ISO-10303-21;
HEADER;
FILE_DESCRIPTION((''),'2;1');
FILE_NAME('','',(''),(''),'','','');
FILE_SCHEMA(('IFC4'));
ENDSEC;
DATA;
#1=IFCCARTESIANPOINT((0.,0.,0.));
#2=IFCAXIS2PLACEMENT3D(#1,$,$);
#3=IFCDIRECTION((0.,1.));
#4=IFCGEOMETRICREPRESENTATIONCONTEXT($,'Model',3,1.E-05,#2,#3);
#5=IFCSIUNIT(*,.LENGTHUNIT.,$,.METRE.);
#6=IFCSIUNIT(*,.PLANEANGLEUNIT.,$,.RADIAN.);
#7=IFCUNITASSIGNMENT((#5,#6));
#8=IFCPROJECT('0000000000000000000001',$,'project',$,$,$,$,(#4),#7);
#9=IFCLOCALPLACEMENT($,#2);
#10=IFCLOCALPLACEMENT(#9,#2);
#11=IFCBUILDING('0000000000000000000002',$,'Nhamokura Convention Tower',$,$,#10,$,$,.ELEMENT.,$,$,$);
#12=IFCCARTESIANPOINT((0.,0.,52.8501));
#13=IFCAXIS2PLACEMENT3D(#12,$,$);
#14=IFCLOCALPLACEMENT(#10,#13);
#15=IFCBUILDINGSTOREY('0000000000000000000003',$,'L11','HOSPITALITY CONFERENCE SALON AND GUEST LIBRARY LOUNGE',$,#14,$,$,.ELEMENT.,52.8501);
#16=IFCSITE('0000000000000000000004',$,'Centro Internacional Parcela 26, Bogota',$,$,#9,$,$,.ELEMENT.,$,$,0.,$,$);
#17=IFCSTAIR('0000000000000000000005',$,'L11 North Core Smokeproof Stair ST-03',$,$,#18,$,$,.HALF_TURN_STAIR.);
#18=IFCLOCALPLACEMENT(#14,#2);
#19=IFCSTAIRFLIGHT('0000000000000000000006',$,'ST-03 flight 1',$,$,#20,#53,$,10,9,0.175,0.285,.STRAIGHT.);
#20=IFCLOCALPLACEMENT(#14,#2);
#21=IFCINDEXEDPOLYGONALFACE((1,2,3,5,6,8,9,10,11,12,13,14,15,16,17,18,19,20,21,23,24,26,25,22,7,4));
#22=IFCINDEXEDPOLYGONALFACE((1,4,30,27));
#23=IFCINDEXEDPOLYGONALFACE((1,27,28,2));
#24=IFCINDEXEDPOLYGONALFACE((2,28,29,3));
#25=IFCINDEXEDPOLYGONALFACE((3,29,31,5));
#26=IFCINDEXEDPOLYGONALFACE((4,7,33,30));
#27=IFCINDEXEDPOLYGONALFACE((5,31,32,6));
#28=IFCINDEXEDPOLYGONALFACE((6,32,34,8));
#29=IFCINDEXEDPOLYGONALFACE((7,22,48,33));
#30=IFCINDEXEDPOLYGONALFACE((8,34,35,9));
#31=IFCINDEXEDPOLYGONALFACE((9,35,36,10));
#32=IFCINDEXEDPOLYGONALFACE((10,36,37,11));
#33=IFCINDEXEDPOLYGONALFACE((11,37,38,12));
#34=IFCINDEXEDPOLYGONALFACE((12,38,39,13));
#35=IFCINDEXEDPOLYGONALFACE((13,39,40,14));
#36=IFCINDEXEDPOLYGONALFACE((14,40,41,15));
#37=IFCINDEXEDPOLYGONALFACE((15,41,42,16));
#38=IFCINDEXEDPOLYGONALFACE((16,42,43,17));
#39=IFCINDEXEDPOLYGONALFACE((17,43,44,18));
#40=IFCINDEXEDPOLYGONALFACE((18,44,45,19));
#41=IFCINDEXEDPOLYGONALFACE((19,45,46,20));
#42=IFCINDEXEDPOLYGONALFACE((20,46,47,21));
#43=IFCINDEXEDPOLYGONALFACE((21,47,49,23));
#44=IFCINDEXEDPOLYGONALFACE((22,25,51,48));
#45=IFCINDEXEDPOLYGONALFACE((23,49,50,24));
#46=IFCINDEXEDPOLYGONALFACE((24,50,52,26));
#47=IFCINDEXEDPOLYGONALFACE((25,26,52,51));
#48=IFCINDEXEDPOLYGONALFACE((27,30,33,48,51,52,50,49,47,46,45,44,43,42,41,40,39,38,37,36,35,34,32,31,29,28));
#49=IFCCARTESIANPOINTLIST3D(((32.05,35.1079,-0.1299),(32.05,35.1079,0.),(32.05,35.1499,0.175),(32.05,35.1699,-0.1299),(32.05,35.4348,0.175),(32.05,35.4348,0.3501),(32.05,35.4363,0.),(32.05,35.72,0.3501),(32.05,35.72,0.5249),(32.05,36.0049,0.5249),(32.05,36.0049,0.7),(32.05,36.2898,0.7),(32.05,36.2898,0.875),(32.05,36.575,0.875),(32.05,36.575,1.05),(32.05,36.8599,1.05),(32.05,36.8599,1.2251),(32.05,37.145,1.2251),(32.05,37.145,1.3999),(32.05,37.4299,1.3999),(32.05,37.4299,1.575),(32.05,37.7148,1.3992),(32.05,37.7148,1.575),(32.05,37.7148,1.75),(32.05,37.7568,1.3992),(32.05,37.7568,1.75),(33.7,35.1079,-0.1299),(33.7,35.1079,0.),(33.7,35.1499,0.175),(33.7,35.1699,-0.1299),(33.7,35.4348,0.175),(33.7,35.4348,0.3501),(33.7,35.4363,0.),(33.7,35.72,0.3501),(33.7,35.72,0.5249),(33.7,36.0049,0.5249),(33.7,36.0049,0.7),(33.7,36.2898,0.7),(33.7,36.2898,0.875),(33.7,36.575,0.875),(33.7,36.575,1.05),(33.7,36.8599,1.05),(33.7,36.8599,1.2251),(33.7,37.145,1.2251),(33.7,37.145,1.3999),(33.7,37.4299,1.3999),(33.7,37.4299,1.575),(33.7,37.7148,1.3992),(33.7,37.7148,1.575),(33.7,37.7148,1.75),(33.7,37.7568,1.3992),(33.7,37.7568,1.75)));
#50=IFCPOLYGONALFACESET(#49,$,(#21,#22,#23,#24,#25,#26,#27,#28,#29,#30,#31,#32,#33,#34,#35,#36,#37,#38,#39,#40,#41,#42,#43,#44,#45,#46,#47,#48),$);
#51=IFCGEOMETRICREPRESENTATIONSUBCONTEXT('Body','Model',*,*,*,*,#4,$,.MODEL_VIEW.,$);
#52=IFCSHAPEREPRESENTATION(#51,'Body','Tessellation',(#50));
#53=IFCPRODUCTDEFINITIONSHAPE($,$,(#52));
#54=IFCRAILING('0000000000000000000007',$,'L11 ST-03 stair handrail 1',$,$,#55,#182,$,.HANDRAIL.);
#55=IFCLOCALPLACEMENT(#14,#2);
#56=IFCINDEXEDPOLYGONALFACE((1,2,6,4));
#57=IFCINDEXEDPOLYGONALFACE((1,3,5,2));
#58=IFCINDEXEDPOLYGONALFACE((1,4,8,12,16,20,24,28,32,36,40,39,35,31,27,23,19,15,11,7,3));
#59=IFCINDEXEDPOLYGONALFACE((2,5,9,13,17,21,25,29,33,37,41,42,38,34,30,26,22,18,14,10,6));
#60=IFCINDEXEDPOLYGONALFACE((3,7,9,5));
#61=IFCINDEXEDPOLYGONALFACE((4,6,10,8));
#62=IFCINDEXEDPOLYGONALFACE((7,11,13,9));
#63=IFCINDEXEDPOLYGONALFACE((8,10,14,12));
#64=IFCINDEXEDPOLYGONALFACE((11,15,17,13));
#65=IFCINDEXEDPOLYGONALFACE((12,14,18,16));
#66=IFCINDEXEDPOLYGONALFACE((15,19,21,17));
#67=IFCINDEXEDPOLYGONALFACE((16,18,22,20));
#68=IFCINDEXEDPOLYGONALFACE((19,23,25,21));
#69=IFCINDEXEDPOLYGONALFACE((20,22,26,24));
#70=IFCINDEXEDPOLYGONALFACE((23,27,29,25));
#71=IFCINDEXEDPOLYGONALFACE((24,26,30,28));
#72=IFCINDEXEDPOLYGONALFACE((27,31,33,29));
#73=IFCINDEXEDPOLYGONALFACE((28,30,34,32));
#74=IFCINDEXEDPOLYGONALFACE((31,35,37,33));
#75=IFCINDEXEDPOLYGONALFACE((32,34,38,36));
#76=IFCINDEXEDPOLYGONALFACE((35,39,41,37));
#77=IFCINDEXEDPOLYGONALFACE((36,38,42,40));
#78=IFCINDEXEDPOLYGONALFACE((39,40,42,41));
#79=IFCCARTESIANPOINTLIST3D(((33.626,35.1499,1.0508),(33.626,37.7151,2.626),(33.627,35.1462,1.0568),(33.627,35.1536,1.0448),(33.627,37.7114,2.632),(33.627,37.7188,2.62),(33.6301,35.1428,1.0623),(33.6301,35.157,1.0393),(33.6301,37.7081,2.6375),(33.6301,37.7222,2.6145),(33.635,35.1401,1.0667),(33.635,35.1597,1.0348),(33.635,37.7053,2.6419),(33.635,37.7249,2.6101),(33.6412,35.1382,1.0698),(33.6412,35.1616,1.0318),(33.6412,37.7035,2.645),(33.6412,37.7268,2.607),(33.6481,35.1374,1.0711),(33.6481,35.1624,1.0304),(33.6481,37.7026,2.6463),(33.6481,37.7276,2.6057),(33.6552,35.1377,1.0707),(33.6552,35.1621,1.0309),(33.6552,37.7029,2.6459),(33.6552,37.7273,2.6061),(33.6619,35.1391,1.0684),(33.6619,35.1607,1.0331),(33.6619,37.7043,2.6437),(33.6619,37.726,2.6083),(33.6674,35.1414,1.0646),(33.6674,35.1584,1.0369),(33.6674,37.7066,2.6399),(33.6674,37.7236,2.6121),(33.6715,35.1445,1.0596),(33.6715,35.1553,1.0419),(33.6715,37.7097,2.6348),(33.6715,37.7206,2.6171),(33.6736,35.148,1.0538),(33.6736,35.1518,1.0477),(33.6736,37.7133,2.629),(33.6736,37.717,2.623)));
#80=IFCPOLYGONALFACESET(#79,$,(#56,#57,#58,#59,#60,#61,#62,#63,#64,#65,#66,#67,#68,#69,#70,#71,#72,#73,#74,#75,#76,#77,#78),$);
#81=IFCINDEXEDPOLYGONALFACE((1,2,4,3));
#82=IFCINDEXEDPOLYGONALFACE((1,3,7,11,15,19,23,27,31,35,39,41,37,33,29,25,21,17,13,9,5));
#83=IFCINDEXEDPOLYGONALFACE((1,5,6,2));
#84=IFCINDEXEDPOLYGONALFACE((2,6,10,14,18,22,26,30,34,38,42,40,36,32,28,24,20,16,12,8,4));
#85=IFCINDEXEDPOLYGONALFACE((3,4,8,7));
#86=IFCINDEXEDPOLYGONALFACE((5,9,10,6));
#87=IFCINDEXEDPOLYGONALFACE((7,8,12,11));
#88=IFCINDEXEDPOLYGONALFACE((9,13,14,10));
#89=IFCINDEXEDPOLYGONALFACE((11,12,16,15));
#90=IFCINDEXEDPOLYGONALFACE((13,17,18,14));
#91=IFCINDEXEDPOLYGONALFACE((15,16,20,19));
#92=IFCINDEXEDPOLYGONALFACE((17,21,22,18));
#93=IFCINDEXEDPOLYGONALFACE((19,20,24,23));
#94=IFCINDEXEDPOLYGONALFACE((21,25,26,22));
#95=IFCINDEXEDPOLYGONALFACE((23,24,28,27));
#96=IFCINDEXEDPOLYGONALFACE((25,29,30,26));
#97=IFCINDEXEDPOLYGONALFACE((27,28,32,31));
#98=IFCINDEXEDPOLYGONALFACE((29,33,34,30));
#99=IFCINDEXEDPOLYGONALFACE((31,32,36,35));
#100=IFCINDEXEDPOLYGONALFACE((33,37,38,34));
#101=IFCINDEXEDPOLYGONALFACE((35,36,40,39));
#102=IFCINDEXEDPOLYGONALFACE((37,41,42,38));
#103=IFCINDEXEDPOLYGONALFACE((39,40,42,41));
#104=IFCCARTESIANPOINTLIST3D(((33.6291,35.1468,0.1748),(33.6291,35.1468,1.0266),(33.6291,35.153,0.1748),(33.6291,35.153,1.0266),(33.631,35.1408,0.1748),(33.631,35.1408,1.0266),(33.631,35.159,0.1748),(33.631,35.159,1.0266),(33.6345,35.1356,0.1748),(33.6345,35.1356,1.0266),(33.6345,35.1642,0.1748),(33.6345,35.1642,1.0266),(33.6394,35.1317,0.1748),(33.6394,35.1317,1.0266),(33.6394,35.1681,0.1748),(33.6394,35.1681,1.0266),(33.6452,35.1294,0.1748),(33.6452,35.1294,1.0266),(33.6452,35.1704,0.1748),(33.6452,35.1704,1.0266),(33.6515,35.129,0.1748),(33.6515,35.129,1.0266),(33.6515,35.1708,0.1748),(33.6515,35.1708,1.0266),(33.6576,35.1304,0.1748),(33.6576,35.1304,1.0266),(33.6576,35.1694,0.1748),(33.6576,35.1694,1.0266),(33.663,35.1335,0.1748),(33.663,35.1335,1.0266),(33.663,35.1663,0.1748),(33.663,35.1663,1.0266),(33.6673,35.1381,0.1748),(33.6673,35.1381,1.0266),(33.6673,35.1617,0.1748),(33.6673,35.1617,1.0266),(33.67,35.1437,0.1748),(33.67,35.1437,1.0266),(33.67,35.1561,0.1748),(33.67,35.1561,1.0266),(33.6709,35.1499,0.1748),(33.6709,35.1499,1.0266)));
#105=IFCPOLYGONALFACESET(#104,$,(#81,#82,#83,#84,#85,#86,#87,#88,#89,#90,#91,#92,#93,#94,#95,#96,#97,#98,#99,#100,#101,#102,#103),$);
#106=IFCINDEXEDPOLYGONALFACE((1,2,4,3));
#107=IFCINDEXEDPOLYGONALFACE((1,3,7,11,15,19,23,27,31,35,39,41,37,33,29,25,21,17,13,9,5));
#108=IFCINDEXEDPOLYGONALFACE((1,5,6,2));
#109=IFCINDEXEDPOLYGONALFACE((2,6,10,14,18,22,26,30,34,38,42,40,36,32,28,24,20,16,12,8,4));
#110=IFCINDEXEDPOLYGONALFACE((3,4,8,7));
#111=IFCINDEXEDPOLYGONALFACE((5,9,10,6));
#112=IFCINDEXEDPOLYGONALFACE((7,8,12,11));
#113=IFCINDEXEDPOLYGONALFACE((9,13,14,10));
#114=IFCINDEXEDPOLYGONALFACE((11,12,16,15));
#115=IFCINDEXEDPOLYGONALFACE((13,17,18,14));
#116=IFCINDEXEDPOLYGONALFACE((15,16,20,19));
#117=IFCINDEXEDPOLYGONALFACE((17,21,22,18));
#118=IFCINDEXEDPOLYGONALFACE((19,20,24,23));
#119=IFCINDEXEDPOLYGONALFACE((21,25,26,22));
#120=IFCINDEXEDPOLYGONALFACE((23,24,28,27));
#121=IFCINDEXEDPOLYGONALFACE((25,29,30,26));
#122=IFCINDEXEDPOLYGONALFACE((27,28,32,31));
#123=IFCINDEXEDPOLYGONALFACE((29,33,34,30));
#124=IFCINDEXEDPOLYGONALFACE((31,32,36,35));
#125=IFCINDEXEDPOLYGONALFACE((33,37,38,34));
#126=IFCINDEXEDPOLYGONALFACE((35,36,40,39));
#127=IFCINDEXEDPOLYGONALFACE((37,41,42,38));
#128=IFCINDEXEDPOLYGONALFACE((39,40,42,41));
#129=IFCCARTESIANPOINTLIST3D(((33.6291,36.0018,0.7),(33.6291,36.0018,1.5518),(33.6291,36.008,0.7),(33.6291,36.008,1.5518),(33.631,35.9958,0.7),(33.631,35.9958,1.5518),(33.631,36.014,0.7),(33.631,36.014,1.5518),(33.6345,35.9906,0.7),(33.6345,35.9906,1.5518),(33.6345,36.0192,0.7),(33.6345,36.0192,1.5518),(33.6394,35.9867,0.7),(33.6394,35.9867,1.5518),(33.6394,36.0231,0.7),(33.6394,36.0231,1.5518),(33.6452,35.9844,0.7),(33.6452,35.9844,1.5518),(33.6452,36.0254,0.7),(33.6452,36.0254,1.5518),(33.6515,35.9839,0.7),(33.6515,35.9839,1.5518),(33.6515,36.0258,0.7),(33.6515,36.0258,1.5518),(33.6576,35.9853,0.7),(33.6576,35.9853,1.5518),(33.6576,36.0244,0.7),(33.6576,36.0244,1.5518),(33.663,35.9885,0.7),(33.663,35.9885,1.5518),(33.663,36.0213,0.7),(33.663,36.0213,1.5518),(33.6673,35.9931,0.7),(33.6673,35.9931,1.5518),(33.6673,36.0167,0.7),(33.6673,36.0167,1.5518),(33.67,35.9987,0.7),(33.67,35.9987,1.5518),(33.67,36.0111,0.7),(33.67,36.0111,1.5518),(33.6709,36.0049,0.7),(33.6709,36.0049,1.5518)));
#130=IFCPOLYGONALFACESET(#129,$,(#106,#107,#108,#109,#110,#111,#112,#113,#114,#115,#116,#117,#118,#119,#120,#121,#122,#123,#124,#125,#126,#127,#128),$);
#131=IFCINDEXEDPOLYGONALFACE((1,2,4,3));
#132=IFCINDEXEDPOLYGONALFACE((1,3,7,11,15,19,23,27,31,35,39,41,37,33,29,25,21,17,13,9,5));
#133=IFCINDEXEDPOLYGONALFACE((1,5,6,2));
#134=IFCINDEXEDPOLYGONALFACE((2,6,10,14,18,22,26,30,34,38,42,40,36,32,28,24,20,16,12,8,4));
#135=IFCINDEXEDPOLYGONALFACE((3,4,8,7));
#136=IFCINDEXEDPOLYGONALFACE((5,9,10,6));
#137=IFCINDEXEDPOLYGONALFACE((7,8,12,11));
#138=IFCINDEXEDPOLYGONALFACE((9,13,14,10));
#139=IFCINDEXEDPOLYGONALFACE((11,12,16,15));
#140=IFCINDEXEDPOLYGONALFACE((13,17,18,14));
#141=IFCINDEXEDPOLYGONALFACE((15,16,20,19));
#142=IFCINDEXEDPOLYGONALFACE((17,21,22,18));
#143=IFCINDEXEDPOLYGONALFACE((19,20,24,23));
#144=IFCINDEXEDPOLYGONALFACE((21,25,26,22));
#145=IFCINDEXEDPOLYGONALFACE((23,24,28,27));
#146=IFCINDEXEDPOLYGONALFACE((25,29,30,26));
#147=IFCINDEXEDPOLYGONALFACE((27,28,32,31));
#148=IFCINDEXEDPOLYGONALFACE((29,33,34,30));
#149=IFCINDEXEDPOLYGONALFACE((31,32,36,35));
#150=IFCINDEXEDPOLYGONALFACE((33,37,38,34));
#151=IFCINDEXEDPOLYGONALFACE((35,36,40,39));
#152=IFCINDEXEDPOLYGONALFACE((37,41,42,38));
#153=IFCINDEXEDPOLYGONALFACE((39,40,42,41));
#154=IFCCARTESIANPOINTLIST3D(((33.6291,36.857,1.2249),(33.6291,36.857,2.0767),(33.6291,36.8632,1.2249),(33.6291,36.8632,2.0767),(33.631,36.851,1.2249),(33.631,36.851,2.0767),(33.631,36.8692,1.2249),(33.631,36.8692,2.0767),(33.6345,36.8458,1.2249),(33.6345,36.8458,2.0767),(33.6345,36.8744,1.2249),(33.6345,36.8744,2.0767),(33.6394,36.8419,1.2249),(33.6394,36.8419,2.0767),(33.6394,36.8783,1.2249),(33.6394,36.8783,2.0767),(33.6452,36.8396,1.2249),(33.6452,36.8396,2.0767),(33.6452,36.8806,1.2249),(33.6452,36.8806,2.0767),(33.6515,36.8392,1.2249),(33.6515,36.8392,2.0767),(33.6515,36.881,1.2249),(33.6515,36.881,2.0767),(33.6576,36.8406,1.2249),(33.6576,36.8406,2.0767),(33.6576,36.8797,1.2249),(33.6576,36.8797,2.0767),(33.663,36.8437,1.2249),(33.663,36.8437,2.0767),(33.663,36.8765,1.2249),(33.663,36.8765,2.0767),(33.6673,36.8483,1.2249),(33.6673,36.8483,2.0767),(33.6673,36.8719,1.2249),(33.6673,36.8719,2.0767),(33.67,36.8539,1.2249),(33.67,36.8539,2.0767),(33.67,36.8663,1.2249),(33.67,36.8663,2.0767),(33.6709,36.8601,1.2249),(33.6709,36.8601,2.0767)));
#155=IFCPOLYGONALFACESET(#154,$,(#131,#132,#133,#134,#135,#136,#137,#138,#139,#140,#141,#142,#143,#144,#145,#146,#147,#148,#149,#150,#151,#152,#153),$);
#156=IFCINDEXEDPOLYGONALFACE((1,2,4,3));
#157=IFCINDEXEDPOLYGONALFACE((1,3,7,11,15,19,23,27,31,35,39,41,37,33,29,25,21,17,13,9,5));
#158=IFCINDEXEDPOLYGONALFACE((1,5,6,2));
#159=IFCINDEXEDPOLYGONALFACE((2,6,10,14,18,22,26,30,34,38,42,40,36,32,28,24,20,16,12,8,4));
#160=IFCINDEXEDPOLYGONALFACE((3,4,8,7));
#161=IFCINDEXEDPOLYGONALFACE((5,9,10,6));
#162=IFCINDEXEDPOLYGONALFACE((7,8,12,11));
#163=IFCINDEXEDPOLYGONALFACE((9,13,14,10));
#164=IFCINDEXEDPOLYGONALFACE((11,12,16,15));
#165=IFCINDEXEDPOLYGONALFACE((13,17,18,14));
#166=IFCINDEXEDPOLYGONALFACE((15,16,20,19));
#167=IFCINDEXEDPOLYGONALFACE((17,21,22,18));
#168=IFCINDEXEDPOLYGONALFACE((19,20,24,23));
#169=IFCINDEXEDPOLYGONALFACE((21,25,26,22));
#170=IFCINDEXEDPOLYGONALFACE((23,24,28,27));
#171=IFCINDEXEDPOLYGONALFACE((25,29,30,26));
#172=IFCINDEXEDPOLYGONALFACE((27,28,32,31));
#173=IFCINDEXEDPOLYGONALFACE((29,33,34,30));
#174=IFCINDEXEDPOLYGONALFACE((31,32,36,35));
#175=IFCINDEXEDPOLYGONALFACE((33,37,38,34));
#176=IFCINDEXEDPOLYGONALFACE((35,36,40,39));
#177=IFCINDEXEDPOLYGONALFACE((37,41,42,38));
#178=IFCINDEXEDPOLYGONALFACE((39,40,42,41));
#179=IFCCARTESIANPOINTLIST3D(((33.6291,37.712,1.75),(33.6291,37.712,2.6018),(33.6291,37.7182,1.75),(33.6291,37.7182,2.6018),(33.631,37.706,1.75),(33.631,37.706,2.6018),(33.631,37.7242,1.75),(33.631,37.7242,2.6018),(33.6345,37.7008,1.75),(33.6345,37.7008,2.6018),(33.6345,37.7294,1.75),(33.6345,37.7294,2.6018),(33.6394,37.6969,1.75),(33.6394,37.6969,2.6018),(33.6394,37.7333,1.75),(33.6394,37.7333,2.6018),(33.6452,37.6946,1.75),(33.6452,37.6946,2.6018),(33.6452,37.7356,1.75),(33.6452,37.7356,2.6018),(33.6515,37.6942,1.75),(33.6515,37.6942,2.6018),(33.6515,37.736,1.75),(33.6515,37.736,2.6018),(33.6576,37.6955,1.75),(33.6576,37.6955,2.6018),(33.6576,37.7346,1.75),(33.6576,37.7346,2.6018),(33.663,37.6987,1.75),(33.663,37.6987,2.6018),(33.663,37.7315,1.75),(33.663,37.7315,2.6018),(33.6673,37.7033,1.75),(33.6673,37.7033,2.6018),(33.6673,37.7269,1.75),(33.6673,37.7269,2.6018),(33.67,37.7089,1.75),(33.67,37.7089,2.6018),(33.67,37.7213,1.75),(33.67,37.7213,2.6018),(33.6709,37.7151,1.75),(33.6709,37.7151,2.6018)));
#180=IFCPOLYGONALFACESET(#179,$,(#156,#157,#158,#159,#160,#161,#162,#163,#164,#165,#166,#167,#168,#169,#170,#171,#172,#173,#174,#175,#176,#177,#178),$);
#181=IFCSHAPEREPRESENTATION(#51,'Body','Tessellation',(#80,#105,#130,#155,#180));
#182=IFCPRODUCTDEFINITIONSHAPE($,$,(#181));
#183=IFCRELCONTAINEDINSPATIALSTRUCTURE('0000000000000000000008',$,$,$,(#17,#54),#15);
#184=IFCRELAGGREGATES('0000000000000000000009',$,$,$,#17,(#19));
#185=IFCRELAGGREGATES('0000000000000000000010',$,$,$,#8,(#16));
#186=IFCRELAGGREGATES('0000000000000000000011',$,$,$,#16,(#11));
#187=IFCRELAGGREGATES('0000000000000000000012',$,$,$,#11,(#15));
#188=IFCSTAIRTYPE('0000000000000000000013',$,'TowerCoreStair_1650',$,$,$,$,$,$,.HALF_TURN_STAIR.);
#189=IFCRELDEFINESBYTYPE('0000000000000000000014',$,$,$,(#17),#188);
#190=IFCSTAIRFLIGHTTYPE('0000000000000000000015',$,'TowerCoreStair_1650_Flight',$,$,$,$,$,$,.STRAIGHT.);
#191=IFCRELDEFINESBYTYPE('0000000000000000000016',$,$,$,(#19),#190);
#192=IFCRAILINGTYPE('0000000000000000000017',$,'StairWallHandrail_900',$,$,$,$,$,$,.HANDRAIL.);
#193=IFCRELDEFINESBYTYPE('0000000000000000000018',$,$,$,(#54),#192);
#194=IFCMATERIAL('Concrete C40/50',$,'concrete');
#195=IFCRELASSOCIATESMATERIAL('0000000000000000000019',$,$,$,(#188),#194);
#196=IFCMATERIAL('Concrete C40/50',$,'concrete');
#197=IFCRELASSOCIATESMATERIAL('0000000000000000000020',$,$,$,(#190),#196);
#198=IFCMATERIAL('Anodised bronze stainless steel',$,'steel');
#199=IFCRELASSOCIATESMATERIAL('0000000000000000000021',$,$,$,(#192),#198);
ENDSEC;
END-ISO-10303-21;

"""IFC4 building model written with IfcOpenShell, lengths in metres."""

from ifc_helpers import new_model, si_unit, direction, frame, origin, origin_2d, place, context, subcontext, project, spatial, polyline, circle, outline, extrude, material, type_object, element, aggregate, save


model = new_model("IFC4")

# Units and contexts
model_context = context("Model", 3, precision=1e-05, world=origin(), true_north=direction((0.0, 1.0)))
body_context = subcontext(model_context, "Body", "Model", "MODEL_VIEW")
ifc_project = project(units=[si_unit("LENGTHUNIT", "METRE"), si_unit("PLANEANGLEUNIT", "RADIAN")], contexts=[model_context])

# Site, building, storey
site_placement = place(None, origin())
site = spatial("IfcSite", under=ifc_project, at=site_placement, Name="Centro Internacional Parcela 26, Bogota", CompositionType="ELEMENT", RefElevation=0.0)
building_placement = place(site_placement, origin())
building = spatial("IfcBuilding", under=site, at=building_placement, Name="Nhamokura Convention Tower", CompositionType="ELEMENT")
storey_placement = place(building_placement, frame((0.0, 0.0, 52.8501)))
storey = spatial("IfcBuildingStorey", under=building, at=storey_placement, Name="L11", Description="HOSPITALITY CONFERENCE SALON AND GUEST LIBRARY LOUNGE", CompositionType="ELEMENT", Elevation=52.8501)

# Stair, stair flight
ifc_material_1 = material(Name="Concrete C40/50", Category="concrete")
stair_type = type_object("IfcStairType", Name="TowerCoreStair_1650", PredefinedType="HALF_TURN_STAIR", material=ifc_material_1)
stair_placement = place(storey_placement, origin())
stair = element("IfcStair", 1, at=stair_placement, inside=storey, type_object=stair_type, Name="L11 North Core Smokeproof Stair ST-03", PredefinedType="HALF_TURN_STAIR")
ifc_material_2 = material(Name="Concrete C40/50", Category="concrete")
stair_flight_type = type_object("IfcStairFlightType", Name="TowerCoreStair_1650_Flight", PredefinedType="STRAIGHT", material=ifc_material_2)
stair_flight_placement = place(storey_placement, frame((32.875, 35.1499, 0.0), z_axis=(0.0, 0.0, 1.0), x_axis=(0.0, 1.0, 0.0)))
stair_flight = element("IfcStairFlight", 2, at=stair_flight_placement, type_object=stair_flight_type, Name="ST-03 flight 1", NumberOfRisers=10, NumberOfTreads=9, PredefinedType="STRAIGHT", RiserHeight=0.175, TreadLength=0.285, context=body_context, shape_type="SweptSolid", body=[
    extrude(outline(polyline([(-0.042, 0.0), (0.0, 0.175), (0.2849, 0.175), (0.2849, 0.3501), (0.5701, 0.3501), (0.5701, 0.5249), (0.855, 0.5249), (0.855, 0.7), (1.1399, 0.7), (1.1399, 0.875), (1.425, 0.875), (1.425, 1.05), (1.71, 1.05), (1.71, 1.2251), (1.9951, 1.2251), (1.9951, 1.3999), (2.28, 1.3999), (2.28, 1.575), (2.5649, 1.575), (2.5649, 1.75), (2.6069, 1.75), (2.6069, 1.3992), (2.5649, 1.3992), (0.2864, 0.0), (0.02, -0.1299), (-0.042, -0.1299), (-0.042, 0.0)])), frame((0.0, 0.825, 0.0), z_axis=(0.0, -1.0, 0.0), x_axis=(1.0, 0.0, 0.0)), (0.0, 0.0, 1.0), 1.6499),
])
aggregate(stair, [stair_flight])

# Railing
ifc_material_3 = material(Name="Anodised bronze stainless steel", Category="steel")
railing_type_1 = type_object("IfcRailingType", Name="StairWallHandrail_900", PredefinedType="HANDRAIL", material=ifc_material_3)
railing_1_placement = place(storey_placement, frame((33.6499, 35.1499, 0.1748)))
element("IfcRailing", 3, at=railing_1_placement, inside=storey, type_object=railing_type_1, Name="L11 ST-03 stair handrail 1", PredefinedType="HANDRAIL", context=body_context, shape_type="SweptSolid", body=[
    extrude(circle(Radius=0.0239, at=origin_2d()), frame((0.0, 0.0, 0.876), z_axis=(0.0, 0.852159, 0.523283), x_axis=(-1.0, 0.0, 0.0)), (0.0, 0.0, 1.0), 3.0103),
    extrude(circle(Radius=0.021, at=origin_2d()), origin(), (0.0, 0.0, 1.0), 0.8518),
    extrude(circle(Radius=0.021, at=origin_2d()), frame((0.0, 0.855, 0.5251)), (0.0, 0.0, 1.0), 0.8518),
    extrude(circle(Radius=0.021, at=origin_2d()), frame((0.0, 1.7102, 1.05)), (0.0, 0.0, 1.0), 0.8518),
    extrude(circle(Radius=0.021, at=origin_2d()), frame((0.0, 2.5652, 1.5752)), (0.0, 0.0, 1.0), 0.8518),
])

save(model, "model.ifc")
